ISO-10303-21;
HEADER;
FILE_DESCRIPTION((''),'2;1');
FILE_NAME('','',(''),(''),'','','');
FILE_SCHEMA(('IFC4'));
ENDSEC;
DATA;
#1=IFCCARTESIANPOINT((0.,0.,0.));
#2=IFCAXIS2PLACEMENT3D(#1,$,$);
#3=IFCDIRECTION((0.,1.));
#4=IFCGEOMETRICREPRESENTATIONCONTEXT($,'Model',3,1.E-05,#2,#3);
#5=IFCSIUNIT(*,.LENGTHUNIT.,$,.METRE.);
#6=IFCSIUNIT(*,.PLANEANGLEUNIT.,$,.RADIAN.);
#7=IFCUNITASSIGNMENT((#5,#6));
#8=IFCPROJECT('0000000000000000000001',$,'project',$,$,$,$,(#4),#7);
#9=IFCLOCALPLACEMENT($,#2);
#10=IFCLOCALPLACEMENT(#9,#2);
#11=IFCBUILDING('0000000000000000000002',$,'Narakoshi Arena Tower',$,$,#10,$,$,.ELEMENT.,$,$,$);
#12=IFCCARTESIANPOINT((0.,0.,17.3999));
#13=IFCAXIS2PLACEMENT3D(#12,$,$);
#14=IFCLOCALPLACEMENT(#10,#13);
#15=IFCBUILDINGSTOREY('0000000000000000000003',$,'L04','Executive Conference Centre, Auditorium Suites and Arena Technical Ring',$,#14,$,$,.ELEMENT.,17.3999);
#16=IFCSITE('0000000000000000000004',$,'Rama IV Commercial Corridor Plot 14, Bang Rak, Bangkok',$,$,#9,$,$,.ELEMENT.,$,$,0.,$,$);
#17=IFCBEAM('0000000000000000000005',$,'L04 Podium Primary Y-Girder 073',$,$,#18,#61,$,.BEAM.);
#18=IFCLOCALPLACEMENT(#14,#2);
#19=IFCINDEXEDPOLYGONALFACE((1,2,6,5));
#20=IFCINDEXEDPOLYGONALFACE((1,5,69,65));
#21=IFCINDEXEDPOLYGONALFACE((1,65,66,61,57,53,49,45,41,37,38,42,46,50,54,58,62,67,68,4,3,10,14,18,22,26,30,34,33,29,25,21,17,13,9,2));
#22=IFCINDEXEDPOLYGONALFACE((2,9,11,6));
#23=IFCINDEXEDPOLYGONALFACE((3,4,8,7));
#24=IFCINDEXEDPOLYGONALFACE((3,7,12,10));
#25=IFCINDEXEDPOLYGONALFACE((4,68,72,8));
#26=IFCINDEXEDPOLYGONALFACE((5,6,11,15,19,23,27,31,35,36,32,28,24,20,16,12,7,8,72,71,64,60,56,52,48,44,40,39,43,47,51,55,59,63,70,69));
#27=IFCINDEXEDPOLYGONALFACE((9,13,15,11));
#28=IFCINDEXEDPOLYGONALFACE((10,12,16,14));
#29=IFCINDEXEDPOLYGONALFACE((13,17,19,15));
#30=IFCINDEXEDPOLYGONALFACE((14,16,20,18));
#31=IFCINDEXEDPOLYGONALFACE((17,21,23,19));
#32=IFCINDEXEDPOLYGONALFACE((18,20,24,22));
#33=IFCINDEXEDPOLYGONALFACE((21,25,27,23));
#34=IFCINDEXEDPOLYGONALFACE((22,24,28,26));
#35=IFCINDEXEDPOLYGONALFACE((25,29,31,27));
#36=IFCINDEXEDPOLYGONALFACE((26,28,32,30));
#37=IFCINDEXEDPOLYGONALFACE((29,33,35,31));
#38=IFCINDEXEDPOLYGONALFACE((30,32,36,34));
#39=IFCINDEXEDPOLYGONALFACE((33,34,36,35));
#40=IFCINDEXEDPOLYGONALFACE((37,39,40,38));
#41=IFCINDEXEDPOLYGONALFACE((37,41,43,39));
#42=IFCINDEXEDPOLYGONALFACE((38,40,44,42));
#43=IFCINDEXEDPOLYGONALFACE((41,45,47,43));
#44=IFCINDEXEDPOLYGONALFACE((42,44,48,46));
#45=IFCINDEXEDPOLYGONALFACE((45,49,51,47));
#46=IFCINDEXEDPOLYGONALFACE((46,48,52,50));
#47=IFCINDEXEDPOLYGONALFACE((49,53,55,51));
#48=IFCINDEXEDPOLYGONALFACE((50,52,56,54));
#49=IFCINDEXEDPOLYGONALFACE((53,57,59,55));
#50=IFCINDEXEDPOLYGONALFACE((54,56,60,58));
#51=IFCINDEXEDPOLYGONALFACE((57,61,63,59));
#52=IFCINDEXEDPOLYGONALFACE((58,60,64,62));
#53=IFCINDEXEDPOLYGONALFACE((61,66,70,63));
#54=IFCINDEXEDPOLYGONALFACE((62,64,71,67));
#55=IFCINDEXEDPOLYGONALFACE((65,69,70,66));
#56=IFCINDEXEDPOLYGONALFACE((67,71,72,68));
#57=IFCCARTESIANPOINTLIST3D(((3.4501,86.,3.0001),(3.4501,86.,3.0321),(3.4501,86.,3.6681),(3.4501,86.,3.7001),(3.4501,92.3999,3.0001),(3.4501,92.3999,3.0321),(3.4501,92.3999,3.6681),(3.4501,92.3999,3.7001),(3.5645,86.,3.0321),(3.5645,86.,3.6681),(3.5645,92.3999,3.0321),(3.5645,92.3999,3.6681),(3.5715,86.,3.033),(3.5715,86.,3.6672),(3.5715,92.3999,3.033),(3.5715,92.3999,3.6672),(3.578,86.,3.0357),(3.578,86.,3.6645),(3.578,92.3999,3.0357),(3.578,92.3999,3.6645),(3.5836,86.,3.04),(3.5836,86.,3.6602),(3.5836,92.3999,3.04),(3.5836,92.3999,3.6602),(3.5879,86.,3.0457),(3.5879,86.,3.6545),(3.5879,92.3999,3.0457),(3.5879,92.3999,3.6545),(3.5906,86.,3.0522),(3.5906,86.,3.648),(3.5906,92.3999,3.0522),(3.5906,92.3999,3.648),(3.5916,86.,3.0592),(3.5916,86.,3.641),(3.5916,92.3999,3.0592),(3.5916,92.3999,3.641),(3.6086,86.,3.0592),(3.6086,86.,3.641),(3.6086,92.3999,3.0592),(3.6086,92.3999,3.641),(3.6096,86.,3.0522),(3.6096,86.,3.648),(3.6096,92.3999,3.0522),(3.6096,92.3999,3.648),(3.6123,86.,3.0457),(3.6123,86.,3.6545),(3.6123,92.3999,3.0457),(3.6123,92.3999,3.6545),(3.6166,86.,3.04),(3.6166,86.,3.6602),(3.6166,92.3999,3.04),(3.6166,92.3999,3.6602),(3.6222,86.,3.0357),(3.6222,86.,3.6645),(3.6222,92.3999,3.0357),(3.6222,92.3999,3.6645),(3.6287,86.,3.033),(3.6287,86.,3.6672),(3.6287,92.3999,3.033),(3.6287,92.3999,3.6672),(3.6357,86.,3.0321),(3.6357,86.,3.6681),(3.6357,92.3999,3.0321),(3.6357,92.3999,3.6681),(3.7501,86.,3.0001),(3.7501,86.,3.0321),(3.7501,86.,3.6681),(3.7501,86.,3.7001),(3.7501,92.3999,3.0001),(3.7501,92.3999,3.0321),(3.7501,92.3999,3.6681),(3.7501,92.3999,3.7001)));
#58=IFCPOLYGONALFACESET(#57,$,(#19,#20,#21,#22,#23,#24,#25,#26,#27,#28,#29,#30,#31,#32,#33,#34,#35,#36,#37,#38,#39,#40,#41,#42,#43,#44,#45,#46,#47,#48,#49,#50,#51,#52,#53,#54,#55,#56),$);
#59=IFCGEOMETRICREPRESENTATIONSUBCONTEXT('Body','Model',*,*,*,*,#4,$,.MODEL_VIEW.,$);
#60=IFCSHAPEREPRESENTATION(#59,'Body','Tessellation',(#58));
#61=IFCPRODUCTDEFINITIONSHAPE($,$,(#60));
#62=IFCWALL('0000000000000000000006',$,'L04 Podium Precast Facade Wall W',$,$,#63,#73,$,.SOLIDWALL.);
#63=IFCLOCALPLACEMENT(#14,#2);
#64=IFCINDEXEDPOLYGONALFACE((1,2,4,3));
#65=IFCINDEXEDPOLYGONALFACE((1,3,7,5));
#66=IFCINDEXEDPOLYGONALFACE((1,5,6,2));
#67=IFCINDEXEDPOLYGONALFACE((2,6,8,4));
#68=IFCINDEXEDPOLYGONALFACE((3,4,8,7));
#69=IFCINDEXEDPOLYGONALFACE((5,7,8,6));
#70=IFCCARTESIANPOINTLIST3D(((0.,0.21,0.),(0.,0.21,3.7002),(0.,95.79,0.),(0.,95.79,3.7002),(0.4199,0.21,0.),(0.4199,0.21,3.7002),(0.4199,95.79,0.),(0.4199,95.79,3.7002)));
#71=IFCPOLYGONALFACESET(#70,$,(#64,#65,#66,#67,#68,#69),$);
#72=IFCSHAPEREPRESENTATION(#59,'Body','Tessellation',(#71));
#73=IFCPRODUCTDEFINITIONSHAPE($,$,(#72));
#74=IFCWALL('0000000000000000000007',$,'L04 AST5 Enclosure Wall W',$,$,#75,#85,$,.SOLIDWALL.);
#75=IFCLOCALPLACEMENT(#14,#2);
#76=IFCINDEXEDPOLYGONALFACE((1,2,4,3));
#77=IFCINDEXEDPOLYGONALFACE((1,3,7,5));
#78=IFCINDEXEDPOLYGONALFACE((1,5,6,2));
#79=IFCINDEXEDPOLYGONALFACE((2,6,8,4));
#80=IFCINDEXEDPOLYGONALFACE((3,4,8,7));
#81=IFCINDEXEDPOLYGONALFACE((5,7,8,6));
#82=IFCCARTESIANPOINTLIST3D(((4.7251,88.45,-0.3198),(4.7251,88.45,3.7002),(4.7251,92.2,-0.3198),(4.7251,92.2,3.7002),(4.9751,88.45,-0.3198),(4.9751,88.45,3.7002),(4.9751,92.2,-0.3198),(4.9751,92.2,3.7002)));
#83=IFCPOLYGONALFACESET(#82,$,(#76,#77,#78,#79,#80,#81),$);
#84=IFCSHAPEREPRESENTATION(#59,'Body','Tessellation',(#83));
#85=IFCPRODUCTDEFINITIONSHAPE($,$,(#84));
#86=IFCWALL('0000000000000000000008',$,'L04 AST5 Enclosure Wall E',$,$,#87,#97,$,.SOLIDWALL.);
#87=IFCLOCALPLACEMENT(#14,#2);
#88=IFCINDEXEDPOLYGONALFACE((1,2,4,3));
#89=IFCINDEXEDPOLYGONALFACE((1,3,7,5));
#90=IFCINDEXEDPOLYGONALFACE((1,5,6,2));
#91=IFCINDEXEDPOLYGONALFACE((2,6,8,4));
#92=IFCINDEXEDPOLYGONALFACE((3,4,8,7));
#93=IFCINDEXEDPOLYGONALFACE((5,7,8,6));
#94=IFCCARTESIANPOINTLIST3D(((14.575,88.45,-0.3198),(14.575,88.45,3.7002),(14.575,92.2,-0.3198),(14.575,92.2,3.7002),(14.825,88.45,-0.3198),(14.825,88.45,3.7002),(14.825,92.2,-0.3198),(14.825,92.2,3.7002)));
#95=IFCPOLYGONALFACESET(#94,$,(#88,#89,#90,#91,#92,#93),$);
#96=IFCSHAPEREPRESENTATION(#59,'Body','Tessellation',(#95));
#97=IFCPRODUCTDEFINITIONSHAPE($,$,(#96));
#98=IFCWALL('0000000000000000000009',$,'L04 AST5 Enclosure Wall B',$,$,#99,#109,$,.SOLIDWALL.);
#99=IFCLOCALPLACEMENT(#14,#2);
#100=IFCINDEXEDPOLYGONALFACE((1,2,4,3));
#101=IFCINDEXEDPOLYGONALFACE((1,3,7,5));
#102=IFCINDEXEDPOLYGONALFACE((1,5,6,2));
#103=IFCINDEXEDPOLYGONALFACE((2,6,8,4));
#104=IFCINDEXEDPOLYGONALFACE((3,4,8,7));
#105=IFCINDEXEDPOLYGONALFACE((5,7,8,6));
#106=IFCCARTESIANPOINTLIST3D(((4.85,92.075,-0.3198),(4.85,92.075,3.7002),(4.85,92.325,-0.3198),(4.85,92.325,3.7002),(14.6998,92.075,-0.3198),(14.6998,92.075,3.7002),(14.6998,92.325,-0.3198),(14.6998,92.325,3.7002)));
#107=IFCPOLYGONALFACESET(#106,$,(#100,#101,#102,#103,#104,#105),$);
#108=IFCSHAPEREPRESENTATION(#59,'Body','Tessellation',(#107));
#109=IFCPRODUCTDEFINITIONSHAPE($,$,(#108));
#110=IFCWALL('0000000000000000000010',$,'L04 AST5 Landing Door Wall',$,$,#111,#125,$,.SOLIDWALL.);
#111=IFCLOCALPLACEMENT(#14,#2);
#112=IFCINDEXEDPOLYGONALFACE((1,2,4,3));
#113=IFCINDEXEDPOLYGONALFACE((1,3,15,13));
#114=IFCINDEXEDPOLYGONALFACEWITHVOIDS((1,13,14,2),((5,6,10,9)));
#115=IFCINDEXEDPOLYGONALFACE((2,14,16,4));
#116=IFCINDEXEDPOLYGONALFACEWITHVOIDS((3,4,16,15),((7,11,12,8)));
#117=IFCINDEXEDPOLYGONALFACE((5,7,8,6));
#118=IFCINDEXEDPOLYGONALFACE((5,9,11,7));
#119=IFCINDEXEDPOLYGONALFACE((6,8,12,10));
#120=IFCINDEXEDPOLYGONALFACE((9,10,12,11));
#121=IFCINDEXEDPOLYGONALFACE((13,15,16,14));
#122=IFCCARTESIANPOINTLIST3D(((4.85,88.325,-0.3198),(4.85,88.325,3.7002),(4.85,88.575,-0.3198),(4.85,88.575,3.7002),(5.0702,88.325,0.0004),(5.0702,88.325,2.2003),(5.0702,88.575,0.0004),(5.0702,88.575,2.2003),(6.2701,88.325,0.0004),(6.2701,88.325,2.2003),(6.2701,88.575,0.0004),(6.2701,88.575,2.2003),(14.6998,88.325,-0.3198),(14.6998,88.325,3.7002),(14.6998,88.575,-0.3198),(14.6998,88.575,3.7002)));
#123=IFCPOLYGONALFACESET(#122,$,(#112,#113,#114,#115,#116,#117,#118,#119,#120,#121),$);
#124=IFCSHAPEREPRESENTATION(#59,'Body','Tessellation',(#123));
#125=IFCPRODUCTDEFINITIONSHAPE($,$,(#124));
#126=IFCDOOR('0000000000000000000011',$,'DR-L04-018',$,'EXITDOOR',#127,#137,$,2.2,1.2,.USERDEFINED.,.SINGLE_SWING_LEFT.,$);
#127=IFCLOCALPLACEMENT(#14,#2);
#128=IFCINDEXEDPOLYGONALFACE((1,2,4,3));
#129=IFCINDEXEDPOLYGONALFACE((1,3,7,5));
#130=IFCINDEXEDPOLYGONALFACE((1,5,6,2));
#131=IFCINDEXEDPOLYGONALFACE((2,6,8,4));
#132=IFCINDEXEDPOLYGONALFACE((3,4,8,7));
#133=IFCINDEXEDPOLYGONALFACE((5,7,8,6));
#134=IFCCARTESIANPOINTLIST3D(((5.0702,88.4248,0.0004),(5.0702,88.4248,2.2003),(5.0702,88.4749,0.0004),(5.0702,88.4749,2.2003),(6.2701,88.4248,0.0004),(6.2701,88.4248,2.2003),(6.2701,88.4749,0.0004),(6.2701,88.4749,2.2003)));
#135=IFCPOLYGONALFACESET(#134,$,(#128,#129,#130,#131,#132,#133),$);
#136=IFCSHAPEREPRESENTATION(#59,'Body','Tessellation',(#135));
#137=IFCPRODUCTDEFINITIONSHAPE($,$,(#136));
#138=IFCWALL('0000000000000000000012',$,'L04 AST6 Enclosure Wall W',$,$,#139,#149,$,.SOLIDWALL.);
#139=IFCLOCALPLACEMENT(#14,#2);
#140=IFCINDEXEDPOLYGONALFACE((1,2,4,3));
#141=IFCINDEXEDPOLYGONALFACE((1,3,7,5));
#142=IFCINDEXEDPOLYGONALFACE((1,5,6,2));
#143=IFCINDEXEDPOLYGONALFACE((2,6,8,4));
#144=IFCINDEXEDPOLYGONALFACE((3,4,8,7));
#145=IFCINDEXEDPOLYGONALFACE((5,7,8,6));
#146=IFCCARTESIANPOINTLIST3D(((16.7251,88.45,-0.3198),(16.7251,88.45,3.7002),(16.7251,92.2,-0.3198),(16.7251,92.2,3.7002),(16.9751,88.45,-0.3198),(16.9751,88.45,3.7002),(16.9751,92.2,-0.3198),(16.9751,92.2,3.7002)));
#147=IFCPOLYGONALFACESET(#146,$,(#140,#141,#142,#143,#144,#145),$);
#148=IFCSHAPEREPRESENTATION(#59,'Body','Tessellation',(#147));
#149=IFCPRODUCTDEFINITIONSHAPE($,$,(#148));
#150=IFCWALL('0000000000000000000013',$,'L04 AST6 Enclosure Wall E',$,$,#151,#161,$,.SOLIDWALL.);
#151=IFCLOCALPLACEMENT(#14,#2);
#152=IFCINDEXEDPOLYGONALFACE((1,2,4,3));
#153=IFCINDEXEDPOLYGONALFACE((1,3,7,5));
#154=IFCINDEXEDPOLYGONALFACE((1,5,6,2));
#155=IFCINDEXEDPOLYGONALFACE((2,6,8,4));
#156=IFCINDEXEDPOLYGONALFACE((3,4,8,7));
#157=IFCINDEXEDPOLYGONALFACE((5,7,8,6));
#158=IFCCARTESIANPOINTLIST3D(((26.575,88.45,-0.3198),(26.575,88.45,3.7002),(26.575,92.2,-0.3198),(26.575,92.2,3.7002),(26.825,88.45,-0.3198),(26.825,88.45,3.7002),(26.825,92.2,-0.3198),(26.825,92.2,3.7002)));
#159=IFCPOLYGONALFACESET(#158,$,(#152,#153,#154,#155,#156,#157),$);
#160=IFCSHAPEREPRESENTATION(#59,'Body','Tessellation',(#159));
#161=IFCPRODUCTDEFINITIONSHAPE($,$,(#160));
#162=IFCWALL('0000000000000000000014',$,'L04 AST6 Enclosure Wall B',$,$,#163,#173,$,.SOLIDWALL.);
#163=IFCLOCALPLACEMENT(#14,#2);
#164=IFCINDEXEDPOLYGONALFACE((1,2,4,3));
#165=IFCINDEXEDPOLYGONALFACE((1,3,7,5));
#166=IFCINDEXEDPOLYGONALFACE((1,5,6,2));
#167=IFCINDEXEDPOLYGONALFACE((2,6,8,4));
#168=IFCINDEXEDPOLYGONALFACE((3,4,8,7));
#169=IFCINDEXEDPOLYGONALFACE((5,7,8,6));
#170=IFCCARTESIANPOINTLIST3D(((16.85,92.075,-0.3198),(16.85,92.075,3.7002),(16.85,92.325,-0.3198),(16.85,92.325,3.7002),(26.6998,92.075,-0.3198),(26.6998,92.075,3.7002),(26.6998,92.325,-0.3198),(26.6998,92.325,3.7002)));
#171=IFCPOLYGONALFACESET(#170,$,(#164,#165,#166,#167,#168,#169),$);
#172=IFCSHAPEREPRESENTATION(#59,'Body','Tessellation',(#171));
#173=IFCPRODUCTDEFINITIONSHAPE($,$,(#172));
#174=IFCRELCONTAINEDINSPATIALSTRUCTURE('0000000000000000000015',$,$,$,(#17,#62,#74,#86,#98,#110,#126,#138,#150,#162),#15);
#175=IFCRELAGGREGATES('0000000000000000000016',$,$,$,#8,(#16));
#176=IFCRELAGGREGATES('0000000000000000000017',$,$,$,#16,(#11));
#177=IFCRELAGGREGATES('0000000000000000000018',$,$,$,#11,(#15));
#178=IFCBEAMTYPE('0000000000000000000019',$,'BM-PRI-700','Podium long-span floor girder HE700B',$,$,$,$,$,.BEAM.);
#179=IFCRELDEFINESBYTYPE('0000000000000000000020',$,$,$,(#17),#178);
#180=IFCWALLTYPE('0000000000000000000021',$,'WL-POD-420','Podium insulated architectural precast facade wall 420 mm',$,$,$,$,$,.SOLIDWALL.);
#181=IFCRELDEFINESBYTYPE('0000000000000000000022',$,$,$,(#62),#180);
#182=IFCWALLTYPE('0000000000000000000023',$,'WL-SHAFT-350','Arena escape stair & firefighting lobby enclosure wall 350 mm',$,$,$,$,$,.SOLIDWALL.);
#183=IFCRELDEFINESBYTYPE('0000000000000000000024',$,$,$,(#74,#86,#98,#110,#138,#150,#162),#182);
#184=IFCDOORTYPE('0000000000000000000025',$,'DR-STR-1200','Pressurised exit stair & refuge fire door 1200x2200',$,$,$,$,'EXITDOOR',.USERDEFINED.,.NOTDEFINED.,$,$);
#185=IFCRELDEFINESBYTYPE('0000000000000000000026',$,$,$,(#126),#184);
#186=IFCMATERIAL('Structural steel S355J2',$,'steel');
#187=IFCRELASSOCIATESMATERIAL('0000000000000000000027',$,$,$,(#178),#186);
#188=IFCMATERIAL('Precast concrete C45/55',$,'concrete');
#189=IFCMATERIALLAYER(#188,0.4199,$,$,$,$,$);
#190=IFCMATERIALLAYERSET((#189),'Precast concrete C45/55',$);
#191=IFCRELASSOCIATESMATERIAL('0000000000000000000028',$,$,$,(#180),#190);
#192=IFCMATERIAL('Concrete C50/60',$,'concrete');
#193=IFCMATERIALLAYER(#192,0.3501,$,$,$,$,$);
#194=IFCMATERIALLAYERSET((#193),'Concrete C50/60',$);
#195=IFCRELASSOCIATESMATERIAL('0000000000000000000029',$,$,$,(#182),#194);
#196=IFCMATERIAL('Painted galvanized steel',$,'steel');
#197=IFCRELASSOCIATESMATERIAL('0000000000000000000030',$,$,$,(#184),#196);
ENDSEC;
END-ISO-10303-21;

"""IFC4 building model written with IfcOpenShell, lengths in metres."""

from ifc_helpers import new_model, si_unit, direction, frame, frame_2d, origin, origin_2d, place, context, subcontext, project, spatial, rectangle, i_section, extrude, material, layer, layer_set, material_profile, profile_set, type_object, element, fill, save


model = new_model("IFC4")

# Units and contexts
model_context = context("Model", 3, precision=1e-05, world=origin(), true_north=direction((0.0, 1.0)))
body_context = subcontext(model_context, "Body", "Model", "MODEL_VIEW")
ifc_project = project(units=[si_unit("LENGTHUNIT", "METRE"), si_unit("PLANEANGLEUNIT", "RADIAN")], contexts=[model_context])

# Site, building, storey
site_placement = place(None, origin())
site = spatial("IfcSite", under=ifc_project, at=site_placement, Name="Rama IV Commercial Corridor Plot 14, Bang Rak, Bangkok", CompositionType="ELEMENT", RefElevation=0.0)
building_placement = place(site_placement, origin())
building = spatial("IfcBuilding", under=site, at=building_placement, Name="Narakoshi Arena Tower", CompositionType="ELEMENT")
storey_placement = place(building_placement, frame((0.0, 0.0, 17.3999)))
storey = spatial("IfcBuildingStorey", under=building, at=storey_placement, Name="L04", Description="Executive Conference Centre, Auditorium Suites and Arena Technical Ring", CompositionType="ELEMENT", Elevation=17.3999)

# Beam
ifc_material_1 = material(Name="Structural steel S355J2", Category="steel")
ifc_material_profile_1 = material_profile(ifc_material_1, i_section(OverallWidth=0.3, OverallDepth=0.7, WebThickness=0.0171, FlangeThickness=0.032, FilletRadius=0.0271, at=origin_2d()), Name="HE700B")
ifc_profile_set_1 = profile_set([ifc_material_profile_1], Name="Structural steel S355J2")
beam_type = type_object("IfcBeamType", Name="BM-PRI-700", Description="Podium long-span floor girder HE700B", PredefinedType="BEAM", material=ifc_profile_set_1)
beam_1_placement = place(storey_placement, frame((3.6001, 86.0, 3.3501), z_axis=(0.0, 1.0, 0.0), x_axis=(-1.0, 0.0, 0.0)))
element("IfcBeam", 1, at=beam_1_placement, inside=storey, type_object=beam_type, Name="L04 Podium Primary Y-Girder 073", PredefinedType="BEAM", context=body_context, shape_type="SweptSolid", body=[
    extrude(i_section(OverallWidth=0.3, OverallDepth=0.7, WebThickness=0.0171, FlangeThickness=0.032, FilletRadius=0.0271, at=origin_2d()), origin(), (0.0, 0.0, 1.0), 6.3999),
])

# Walls
ifc_material_2 = material(Name="Precast concrete C45/55", Category="concrete")
ifc_layer_1 = layer(ifc_material_2, 0.4199)
ifc_layer_set_1 = layer_set([ifc_layer_1], Name="Precast concrete C45/55")
wall_type_1 = type_object("IfcWallType", Name="WL-POD-420", Description="Podium insulated architectural precast facade wall 420 mm", PredefinedType="SOLIDWALL", material=ifc_layer_set_1)
wall_1_placement = place(storey_placement, frame((0.21, 95.79, 0.0), z_axis=(0.0, 0.0, 1.0), x_axis=(0.0, -1.0, 0.0)))
element("IfcWall", 2, at=wall_1_placement, inside=storey, type_object=wall_type_1, Name="L04 Podium Precast Facade Wall W", PredefinedType="SOLIDWALL", context=body_context, shape_type="SweptSolid", body=[
    extrude(rectangle(XDim=95.5801, YDim=0.4199, at=frame_2d((47.79, 0.0))), origin(), (0.0, 0.0, 1.0), 3.7002),
])
ifc_material_3 = material(Name="Concrete C50/60", Category="concrete")
ifc_layer_2 = layer(ifc_material_3, 0.3501)
ifc_layer_set_2 = layer_set([ifc_layer_2], Name="Concrete C50/60")
wall_type_2 = type_object("IfcWallType", Name="WL-SHAFT-350", Description="Arena escape stair & firefighting lobby enclosure wall 350 mm", PredefinedType="SOLIDWALL", material=ifc_layer_set_2)
for number, where, z_axis, x_axis, name in (
    (3, (4.8501, 88.45, -0.3198), (0.0, 0.0, 1.0), (0.0, 1.0, 0.0), "L04 AST5 Enclosure Wall W"),
    (4, (14.7, 88.45, -0.3198), (0.0, 0.0, 1.0), (0.0, 1.0, 0.0), "L04 AST5 Enclosure Wall E"),
):
    element("IfcWall", number, at=place(storey_placement, frame(where, z_axis=z_axis, x_axis=x_axis)), inside=storey, type_object=wall_type_2, Name=name, PredefinedType="SOLIDWALL", context=body_context, shape_type="SweptSolid", body=[
        extrude(rectangle(XDim=3.75, YDim=0.25, at=frame_2d((1.875, 0.0))), origin(), (0.0, 0.0, 1.0), 4.02),
    ])
wall_2_placement = place(storey_placement, frame((4.8501, 92.2, -0.3198), z_axis=(0.0, 0.0, 1.0), x_axis=(1.0, 0.0, 0.0)))
element("IfcWall", 5, at=wall_2_placement, inside=storey, type_object=wall_type_2, Name="L04 AST5 Enclosure Wall B", PredefinedType="SOLIDWALL", context=body_context, shape_type="SweptSolid", body=[
    extrude(rectangle(XDim=9.8499, YDim=0.25, at=frame_2d((4.9248, 0.0))), origin(), (0.0, 0.0, 1.0), 4.02),
])

# Wall, opening, door
wall_3_placement = place(storey_placement, frame((4.8501, 88.45, -0.3198), z_axis=(0.0, 0.0, 1.0), x_axis=(1.0, 0.0, 0.0)))
wall_3 = element("IfcWall", 6, at=wall_3_placement, inside=storey, type_object=wall_type_2, Name="L04 AST5 Landing Door Wall", PredefinedType="SOLIDWALL", context=body_context, shape_type="SweptSolid", body=[
    extrude(rectangle(XDim=9.8499, YDim=0.25, at=frame_2d((4.9248, 0.0))), origin(), (0.0, 0.0, 1.0), 4.02),
])
opening_1_placement = place(wall_3_placement, frame((0.22, 0.0, 0.3201)))
opening_1 = element("IfcOpeningElement", 7, at=opening_1_placement, cuts=wall_3, PredefinedType="OPENING", context=body_context, shape_type="SweptSolid", body=[
    extrude(rectangle(XDim=1.2, YDim=2.2, at=frame_2d((0.6001, 1.1001))), frame((0.0, 0.135, 0.0), z_axis=(0.0, -1.0, 0.0), x_axis=(1.0, 0.0, 0.0)), (0.0, 0.0, 1.0), 0.27),
])
ifc_material_4 = material(Name="Painted galvanized steel", Category="steel")
door_type = type_object("IfcDoorType", Name="DR-STR-1200", Description="Pressurised exit stair & refuge fire door 1200x2200", ElementType="EXITDOOR", OperationType="NOTDEFINED", PredefinedType="USERDEFINED", material=ifc_material_4)
door_1_placement = place(opening_1_placement, origin())
door_1 = element("IfcDoor", 8, at=door_1_placement, inside=storey, type_object=door_type, Name="DR-L04-018", ObjectType="EXITDOOR", OperationType="SINGLE_SWING_LEFT", OverallHeight=2.2, OverallWidth=1.2, PredefinedType="USERDEFINED", context=body_context, shape_type="SweptSolid", body=[
    extrude(rectangle(XDim=1.2, YDim=2.2, at=frame_2d((0.6001, 1.1001))), frame((0.0, 0.0249, 0.0), z_axis=(0.0, -1.0, 0.0), x_axis=(1.0, 0.0, 0.0)), (0.0, 0.0, 1.0), 0.05),
])
fill(opening_1, door_1)

# Walls
for number, where, z_axis, x_axis, name in (
    (9, (16.8501, 88.45, -0.3198), (0.0, 0.0, 1.0), (0.0, 1.0, 0.0), "L04 AST6 Enclosure Wall W"),
    (10, (26.7, 88.45, -0.3198), (0.0, 0.0, 1.0), (0.0, 1.0, 0.0), "L04 AST6 Enclosure Wall E"),
):
    element("IfcWall", number, at=place(storey_placement, frame(where, z_axis=z_axis, x_axis=x_axis)), inside=storey, type_object=wall_type_2, Name=name, PredefinedType="SOLIDWALL", context=body_context, shape_type="SweptSolid", body=[
        extrude(rectangle(XDim=3.75, YDim=0.25, at=frame_2d((1.875, 0.0))), origin(), (0.0, 0.0, 1.0), 4.02),
    ])
wall_4_placement = place(storey_placement, frame((16.8501, 92.2, -0.3198), z_axis=(0.0, 0.0, 1.0), x_axis=(1.0, 0.0, 0.0)))
element("IfcWall", 11, at=wall_4_placement, inside=storey, type_object=wall_type_2, Name="L04 AST6 Enclosure Wall B", PredefinedType="SOLIDWALL", context=body_context, shape_type="SweptSolid", body=[
    extrude(rectangle(XDim=9.8499, YDim=0.25, at=frame_2d((4.9248, 0.0))), origin(), (0.0, 0.0, 1.0), 4.02),
])

save(model, "model.ifc")
